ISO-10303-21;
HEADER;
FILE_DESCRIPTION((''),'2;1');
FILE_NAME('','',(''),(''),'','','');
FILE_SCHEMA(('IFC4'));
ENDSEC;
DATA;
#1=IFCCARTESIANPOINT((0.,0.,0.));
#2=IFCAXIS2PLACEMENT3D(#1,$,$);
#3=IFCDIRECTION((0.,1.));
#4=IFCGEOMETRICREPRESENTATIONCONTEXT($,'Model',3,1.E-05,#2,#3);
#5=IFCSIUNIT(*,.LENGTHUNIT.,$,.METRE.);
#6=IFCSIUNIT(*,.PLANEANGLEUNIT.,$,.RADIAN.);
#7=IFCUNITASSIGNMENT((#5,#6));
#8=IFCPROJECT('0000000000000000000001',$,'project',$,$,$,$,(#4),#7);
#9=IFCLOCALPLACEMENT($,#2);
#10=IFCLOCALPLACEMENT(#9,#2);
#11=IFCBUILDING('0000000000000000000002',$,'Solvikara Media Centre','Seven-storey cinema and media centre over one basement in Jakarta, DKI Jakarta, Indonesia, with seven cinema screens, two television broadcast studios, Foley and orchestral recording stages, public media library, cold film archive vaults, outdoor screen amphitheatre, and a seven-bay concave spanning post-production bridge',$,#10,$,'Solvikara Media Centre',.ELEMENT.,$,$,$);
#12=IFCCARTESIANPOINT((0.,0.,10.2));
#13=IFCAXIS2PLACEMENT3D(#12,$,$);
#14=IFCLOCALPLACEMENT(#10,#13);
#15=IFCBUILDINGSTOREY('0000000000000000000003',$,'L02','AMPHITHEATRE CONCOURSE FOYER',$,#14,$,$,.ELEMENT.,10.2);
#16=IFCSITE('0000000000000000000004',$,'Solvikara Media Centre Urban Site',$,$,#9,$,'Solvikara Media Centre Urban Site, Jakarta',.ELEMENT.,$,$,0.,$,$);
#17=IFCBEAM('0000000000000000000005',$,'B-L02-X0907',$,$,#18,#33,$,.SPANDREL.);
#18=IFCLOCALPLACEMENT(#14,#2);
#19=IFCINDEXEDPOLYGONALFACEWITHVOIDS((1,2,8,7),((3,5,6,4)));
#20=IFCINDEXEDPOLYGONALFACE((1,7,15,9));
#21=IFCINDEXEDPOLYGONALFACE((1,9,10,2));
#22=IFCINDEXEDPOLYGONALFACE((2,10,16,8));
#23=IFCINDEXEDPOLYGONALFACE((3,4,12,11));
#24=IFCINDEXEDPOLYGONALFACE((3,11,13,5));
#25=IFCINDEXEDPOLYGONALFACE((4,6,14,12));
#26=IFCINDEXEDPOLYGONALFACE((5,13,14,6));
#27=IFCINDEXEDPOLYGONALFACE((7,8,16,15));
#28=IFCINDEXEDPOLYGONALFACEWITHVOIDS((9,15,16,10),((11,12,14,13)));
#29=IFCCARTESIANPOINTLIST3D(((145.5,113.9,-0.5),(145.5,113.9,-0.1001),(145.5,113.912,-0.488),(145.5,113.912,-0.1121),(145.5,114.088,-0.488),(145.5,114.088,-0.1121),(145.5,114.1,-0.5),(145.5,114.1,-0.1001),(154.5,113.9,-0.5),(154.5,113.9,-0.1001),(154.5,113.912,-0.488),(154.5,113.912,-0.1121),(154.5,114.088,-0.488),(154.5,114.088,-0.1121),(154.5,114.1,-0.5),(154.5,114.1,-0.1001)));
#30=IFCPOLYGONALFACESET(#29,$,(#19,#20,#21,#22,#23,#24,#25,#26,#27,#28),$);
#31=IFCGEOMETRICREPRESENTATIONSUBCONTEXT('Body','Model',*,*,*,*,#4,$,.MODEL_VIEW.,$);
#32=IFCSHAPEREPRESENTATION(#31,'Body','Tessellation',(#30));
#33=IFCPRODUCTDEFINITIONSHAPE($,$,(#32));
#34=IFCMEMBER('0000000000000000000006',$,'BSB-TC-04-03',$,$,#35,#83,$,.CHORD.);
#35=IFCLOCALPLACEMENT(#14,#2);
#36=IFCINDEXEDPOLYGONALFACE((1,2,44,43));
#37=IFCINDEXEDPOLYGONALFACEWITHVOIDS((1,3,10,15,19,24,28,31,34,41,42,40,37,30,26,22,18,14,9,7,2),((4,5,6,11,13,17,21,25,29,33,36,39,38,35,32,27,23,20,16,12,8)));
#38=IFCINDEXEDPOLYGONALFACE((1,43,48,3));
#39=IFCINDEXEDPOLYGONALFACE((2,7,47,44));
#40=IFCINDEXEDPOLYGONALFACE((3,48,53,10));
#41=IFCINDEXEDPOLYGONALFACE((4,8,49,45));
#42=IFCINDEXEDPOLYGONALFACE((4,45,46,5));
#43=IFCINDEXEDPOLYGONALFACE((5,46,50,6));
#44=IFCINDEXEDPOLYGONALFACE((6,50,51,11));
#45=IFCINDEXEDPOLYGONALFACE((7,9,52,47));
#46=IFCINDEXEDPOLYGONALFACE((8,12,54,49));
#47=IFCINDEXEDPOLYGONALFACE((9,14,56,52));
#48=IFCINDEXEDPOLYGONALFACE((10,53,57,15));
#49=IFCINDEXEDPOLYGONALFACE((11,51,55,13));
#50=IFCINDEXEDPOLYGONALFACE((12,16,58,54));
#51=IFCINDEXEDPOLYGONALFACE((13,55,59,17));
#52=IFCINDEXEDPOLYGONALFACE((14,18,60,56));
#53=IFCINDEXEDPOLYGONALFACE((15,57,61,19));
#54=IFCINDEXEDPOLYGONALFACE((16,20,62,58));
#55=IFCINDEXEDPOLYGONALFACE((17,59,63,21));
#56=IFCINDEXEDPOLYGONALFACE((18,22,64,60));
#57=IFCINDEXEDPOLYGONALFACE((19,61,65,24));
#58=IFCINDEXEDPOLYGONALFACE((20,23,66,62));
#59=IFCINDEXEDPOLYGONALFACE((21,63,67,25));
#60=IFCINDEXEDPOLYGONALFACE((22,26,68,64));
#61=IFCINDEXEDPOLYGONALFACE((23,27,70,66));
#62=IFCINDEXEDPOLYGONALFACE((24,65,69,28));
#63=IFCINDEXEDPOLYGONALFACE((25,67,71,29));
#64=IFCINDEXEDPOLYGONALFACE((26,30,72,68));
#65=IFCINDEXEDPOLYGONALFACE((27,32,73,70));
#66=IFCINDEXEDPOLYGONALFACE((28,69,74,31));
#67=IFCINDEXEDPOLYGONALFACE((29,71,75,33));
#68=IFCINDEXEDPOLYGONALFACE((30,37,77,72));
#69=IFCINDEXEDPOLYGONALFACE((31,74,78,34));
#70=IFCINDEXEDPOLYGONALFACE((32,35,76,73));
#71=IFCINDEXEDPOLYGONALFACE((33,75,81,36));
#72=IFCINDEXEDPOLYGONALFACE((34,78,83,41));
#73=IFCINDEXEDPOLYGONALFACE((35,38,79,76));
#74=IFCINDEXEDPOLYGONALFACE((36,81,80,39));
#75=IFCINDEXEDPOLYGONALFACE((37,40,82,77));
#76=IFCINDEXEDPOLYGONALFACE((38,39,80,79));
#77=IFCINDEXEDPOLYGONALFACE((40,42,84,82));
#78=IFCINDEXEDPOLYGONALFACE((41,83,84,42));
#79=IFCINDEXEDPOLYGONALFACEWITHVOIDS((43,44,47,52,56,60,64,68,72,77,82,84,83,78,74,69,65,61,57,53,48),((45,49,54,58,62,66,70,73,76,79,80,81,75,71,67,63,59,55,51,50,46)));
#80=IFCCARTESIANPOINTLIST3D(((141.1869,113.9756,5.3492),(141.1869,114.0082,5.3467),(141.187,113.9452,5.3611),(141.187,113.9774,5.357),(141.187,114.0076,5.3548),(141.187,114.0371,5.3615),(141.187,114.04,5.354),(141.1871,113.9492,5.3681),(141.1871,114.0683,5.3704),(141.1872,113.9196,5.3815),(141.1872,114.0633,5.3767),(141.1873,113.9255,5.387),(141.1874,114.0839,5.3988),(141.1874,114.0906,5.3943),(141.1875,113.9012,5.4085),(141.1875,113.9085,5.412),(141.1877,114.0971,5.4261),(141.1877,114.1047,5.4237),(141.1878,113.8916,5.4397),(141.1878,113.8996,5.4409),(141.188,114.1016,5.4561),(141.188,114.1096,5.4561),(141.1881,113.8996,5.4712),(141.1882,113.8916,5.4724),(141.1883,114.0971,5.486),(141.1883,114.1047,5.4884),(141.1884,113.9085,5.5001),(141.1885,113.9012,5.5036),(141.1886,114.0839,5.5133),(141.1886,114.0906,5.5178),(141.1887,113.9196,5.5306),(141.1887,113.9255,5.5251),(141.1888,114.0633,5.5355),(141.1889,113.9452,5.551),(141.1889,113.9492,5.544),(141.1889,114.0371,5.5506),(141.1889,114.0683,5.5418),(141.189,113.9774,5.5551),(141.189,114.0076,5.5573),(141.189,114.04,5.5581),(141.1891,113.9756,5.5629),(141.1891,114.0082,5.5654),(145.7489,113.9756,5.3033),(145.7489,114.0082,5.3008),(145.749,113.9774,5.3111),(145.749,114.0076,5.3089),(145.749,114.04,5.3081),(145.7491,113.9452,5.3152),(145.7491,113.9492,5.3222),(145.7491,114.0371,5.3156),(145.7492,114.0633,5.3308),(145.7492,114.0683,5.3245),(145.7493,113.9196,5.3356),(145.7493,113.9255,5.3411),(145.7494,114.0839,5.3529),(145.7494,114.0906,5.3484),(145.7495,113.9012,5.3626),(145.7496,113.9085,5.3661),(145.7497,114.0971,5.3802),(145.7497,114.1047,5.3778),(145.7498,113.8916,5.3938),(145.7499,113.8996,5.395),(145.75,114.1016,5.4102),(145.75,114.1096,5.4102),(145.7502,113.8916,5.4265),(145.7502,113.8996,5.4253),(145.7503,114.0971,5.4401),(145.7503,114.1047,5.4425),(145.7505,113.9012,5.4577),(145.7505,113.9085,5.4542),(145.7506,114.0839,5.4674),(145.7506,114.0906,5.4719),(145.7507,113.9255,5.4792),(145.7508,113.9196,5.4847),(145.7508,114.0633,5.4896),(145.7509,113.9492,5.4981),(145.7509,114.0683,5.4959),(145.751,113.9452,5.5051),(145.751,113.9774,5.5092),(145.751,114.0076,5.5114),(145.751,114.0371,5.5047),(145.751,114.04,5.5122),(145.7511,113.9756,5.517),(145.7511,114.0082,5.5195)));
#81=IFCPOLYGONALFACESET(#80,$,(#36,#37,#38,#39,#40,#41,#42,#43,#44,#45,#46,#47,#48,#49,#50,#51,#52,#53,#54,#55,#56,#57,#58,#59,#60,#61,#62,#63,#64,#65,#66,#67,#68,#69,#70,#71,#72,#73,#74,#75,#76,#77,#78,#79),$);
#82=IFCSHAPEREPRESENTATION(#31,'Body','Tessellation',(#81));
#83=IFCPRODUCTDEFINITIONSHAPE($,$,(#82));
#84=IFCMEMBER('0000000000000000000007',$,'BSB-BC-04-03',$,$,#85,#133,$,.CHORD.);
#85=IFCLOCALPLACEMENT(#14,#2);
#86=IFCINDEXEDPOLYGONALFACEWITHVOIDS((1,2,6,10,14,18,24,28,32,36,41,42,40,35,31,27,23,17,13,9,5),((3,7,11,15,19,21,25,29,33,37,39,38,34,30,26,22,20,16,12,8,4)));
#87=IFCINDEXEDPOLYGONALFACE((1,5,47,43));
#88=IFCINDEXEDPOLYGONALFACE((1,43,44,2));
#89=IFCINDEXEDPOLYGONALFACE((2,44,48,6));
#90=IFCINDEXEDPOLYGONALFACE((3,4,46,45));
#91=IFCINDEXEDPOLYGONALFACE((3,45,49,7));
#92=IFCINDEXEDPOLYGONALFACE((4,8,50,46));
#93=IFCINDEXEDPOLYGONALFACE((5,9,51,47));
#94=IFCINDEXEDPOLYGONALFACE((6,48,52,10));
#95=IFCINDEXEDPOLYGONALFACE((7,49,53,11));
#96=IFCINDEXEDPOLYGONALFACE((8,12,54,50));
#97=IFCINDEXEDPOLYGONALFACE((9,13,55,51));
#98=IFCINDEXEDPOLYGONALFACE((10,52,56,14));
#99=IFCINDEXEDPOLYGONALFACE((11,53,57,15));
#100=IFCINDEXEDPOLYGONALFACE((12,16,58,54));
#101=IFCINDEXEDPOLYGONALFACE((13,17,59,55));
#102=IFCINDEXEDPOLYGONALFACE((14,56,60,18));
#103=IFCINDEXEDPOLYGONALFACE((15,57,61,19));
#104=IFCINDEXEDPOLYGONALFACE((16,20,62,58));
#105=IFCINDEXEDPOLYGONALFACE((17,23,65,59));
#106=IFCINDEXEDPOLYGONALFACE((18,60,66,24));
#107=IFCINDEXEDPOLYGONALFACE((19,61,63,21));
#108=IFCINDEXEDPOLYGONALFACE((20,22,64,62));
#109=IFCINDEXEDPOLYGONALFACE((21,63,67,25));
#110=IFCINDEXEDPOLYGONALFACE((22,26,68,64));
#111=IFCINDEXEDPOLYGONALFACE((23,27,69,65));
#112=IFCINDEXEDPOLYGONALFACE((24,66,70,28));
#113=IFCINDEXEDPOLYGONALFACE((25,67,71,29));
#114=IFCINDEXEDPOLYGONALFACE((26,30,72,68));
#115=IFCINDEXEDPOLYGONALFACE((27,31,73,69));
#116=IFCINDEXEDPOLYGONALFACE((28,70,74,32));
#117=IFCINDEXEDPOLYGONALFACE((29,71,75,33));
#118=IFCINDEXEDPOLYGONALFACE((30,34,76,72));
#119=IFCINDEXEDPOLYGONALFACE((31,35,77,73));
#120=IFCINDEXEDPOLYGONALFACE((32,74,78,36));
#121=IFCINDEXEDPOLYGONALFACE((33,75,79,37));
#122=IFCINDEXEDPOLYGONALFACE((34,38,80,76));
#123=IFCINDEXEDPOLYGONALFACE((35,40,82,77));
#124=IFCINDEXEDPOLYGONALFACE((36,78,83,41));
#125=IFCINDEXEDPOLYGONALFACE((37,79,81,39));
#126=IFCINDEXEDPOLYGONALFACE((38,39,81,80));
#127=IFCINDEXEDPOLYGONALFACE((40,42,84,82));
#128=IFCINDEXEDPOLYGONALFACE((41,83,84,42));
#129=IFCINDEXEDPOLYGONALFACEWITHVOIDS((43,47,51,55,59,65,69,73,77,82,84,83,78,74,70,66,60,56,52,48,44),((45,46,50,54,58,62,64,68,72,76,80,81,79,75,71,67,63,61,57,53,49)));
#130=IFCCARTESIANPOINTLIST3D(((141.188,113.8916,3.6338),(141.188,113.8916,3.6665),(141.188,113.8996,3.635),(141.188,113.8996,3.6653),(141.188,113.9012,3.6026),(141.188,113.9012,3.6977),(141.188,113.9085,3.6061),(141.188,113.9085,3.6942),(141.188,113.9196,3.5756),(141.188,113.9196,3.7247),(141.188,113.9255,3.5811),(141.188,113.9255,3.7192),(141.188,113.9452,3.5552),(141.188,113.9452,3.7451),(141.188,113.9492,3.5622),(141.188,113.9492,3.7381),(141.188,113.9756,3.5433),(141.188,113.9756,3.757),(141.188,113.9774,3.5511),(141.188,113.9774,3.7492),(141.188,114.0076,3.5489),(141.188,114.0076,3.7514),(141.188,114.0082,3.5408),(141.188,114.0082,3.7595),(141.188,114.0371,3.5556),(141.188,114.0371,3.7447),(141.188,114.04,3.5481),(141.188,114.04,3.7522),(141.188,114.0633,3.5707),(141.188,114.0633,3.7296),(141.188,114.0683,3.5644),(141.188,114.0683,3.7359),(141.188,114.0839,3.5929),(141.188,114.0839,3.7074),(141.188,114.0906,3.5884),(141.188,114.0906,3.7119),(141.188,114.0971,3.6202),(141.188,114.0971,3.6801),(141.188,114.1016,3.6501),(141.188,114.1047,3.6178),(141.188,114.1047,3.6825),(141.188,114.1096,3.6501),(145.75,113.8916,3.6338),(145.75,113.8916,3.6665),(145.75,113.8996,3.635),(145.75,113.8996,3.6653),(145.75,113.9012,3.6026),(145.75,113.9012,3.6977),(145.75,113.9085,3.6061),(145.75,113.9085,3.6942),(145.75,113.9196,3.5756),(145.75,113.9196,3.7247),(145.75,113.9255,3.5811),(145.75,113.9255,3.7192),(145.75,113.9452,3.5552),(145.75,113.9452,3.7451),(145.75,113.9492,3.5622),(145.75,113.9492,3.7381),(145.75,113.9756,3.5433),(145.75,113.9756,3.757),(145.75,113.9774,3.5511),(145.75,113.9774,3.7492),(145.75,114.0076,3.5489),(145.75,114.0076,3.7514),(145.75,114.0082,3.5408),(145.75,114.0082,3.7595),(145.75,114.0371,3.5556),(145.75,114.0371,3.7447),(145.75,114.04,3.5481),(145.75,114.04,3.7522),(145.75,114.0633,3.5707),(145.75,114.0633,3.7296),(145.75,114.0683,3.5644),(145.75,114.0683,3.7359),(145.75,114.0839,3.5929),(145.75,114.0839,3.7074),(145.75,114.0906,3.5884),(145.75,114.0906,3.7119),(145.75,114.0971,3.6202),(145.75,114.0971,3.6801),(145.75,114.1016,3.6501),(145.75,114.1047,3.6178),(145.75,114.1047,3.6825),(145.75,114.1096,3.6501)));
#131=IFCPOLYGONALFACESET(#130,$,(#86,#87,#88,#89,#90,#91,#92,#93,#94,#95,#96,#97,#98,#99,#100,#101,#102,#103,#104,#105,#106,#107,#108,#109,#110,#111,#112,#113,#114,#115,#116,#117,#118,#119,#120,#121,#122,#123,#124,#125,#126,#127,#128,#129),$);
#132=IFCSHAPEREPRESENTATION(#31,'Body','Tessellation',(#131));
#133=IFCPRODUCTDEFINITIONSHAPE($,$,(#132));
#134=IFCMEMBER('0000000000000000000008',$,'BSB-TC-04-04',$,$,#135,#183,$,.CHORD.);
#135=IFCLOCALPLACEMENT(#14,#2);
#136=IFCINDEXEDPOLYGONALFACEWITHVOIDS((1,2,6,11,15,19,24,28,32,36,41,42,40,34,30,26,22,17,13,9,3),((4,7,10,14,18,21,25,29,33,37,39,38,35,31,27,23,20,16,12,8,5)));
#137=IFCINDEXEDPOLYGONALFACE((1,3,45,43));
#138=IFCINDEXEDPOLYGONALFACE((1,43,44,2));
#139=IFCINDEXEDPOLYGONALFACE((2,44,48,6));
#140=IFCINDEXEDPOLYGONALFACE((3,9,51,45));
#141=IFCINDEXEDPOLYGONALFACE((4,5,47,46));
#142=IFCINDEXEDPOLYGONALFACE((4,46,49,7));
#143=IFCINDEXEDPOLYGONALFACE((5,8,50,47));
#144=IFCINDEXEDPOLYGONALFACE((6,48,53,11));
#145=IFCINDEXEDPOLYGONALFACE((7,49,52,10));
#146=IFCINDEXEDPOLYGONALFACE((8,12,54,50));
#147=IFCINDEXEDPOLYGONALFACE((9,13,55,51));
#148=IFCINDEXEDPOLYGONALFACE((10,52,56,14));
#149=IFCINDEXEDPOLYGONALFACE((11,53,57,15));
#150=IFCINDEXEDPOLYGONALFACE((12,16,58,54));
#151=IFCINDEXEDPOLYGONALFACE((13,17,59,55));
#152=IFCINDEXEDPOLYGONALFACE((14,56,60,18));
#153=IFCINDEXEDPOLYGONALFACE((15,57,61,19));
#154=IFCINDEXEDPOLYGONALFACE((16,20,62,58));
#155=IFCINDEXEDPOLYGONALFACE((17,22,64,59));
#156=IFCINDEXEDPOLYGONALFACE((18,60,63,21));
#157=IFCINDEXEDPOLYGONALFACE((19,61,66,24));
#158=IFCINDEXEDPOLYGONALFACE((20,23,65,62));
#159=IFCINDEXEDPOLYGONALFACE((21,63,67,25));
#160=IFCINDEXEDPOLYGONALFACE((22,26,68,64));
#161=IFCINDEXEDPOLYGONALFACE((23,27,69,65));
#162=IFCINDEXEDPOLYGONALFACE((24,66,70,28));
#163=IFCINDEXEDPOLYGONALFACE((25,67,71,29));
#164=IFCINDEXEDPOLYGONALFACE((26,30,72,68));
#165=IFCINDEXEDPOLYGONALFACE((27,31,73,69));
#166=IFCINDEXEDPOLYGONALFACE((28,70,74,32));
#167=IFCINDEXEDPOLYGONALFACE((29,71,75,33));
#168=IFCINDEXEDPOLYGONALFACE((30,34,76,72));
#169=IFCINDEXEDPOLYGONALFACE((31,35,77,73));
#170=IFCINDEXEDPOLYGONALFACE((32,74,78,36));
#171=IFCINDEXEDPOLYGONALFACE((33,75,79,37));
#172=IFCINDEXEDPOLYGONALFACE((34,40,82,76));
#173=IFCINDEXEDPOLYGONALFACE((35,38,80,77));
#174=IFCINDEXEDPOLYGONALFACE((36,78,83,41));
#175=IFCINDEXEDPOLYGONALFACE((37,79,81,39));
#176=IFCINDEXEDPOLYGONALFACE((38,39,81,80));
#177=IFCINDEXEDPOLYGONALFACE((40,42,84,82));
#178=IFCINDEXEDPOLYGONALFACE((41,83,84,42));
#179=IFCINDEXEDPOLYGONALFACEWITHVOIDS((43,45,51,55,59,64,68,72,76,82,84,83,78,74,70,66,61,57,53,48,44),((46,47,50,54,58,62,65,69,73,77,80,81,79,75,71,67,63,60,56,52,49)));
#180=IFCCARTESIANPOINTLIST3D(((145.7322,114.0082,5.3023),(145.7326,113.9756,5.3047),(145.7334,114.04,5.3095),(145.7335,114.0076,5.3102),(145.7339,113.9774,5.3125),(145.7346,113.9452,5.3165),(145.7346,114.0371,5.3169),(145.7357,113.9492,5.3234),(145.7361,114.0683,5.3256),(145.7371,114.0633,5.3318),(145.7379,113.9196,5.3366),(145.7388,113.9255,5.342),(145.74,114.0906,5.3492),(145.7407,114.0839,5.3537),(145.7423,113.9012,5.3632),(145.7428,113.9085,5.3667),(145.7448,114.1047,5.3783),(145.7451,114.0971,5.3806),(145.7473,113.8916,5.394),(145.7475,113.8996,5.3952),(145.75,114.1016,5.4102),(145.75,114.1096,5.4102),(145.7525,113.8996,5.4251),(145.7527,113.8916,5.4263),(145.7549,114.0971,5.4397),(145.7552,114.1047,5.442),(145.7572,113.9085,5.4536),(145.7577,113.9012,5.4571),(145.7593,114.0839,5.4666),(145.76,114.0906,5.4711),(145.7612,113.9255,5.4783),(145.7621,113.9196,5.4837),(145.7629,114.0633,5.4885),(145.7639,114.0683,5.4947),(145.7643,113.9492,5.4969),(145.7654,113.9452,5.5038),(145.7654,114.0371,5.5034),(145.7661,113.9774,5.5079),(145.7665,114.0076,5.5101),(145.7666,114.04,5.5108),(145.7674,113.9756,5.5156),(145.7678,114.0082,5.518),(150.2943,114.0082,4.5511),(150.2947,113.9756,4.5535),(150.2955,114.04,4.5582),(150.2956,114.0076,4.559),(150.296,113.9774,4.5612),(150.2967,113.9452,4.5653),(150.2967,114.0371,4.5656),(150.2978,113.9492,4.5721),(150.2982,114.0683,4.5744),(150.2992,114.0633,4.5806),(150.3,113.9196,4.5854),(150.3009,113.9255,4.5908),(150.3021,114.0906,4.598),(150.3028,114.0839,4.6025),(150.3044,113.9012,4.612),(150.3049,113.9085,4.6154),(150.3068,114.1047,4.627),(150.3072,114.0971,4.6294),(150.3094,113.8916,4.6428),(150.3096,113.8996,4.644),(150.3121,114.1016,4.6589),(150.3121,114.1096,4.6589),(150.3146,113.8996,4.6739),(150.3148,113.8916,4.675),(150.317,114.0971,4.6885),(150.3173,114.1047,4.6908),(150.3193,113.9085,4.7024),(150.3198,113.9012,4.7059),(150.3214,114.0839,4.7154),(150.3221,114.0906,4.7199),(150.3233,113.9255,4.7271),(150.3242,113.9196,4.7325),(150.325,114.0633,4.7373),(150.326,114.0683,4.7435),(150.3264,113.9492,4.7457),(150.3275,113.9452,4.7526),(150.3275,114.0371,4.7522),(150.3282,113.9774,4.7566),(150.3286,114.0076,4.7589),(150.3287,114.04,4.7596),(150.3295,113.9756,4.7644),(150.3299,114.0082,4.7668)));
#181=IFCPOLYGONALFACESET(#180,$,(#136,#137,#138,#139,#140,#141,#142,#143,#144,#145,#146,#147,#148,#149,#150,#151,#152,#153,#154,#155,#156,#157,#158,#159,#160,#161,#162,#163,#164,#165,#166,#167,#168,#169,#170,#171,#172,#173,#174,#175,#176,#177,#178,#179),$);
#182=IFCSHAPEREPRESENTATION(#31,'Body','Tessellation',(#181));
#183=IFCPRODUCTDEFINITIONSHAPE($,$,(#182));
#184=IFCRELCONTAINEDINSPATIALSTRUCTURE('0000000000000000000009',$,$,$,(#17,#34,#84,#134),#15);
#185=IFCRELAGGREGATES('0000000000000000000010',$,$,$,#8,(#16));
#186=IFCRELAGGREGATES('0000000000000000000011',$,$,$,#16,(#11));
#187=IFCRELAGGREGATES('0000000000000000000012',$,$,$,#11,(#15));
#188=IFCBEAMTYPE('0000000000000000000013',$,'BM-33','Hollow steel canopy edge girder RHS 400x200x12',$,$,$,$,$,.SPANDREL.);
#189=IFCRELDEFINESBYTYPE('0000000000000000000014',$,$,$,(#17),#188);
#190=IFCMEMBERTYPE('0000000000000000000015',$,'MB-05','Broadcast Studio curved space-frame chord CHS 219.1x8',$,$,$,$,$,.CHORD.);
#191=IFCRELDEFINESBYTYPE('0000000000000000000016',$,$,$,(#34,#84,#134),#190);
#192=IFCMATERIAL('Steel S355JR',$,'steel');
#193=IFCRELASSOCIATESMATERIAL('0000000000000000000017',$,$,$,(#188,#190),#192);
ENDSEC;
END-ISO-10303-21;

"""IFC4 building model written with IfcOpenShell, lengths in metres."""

from ifc_helpers import new_model, si_unit, direction, frame, origin, origin_2d, place, context, subcontext, project, spatial, hollow_rectangle, hollow_circle, extrude, material, material_profile, profile_set, type_object, element, save


model = new_model("IFC4")

# Units and contexts
model_context = context("Model", 3, precision=1e-05, world=origin(), true_north=direction((0.0, 1.0)))
body_context = subcontext(model_context, "Body", "Model", "MODEL_VIEW")
ifc_project = project(units=[si_unit("LENGTHUNIT", "METRE"), si_unit("PLANEANGLEUNIT", "RADIAN")], contexts=[model_context])

# Site, building, storey
site_placement = place(None, origin())
site = spatial("IfcSite", under=ifc_project, at=site_placement, Name="Solvikara Media Centre Urban Site", LongName="Solvikara Media Centre Urban Site, Jakarta", CompositionType="ELEMENT", RefElevation=0.0)
building_placement = place(site_placement, origin())
building = spatial("IfcBuilding", under=site, at=building_placement, Name="Solvikara Media Centre", Description="Seven-storey cinema and media centre over one basement in Jakarta, DKI Jakarta, Indonesia, with seven cinema screens, two television broadcast studios, Foley and orchestral recording stages, public media library, cold film archive vaults, outdoor screen amphitheatre, and a seven-bay concave spanning post-production bridge", LongName="Solvikara Media Centre", CompositionType="ELEMENT")
storey_placement = place(building_placement, frame((0.0, 0.0, 10.2)))
storey = spatial("IfcBuildingStorey", under=building, at=storey_placement, Name="L02", Description="AMPHITHEATRE CONCOURSE FOYER", CompositionType="ELEMENT", Elevation=10.2)

# Beam
ifc_material_1 = material(Name="Steel S355JR", Category="steel")
ifc_material_profile_1 = material_profile(ifc_material_1, hollow_rectangle(XDim=0.2, YDim=0.3999, WallThickness=0.012, at=origin_2d()), Name="RHS 400x200x12")
ifc_profile_set_1 = profile_set([ifc_material_profile_1], Name="Steel S355JR")
beam_type = type_object("IfcBeamType", Name="BM-33", Description="Hollow steel canopy edge girder RHS 400x200x12", PredefinedType="SPANDREL", material=ifc_profile_set_1)
beam_placement = place(storey_placement, frame((145.5, 114.0, -0.3), z_axis=(1.0, 0.0, 0.0), x_axis=(0.0, 1.0, 0.0)))
element("IfcBeam", 1, at=beam_placement, inside=storey, type_object=beam_type, Name="B-L02-X0907", PredefinedType="SPANDREL", context=body_context, shape_type="SweptSolid", body=[
    extrude(hollow_rectangle(XDim=0.2, YDim=0.3999, WallThickness=0.012, at=origin_2d()), origin(), (0.0, 0.0, 1.0), 9.0),
])

# Members
ifc_material_profile_2 = material_profile(ifc_material_1, hollow_circle(Radius=0.1096, WallThickness=0.0081, at=origin_2d()), Name="CHS 219.1x8")
ifc_profile_set_2 = profile_set([ifc_material_profile_2], Name="Steel S355JR")
member_type_1 = type_object("IfcMemberType", Name="MB-05", Description="Broadcast Studio curved space-frame chord CHS 219.1x8", PredefinedType="CHORD", material=ifc_profile_set_2)
member_1_placement = place(storey_placement, frame((141.188, 114.0, 5.4561), z_axis=(0.999949, 0.0, -0.01006), x_axis=(0.0, 1.0, 0.0)))
element("IfcMember", 2, at=member_1_placement, inside=storey, type_object=member_type_1, Name="BSB-TC-04-03", PredefinedType="CHORD", context=body_context, shape_type="SweptSolid", body=[
    extrude(hollow_circle(Radius=0.1096, WallThickness=0.0081, at=origin_2d()), origin(), (0.0, 0.0, 1.0), 4.5623),
])
member_2_placement = place(storey_placement, frame((141.188, 114.0, 3.6501), z_axis=(1.0, 0.0, 0.0), x_axis=(0.0, 1.0, 0.0)))
element("IfcMember", 3, at=member_2_placement, inside=storey, type_object=member_type_1, Name="BSB-BC-04-03", PredefinedType="CHORD", context=body_context, shape_type="SweptSolid", body=[
    extrude(hollow_circle(Radius=0.1096, WallThickness=0.0081, at=origin_2d()), origin(), (0.0, 0.0, 1.0), 4.562),
])
member_3_placement = place(storey_placement, frame((145.75, 114.0, 5.4102), z_axis=(0.986712, 0.0, -0.162481), x_axis=(0.0, 1.0, 0.0)))
element("IfcMember", 4, at=member_3_placement, inside=storey, type_object=member_type_1, Name="BSB-TC-04-04", PredefinedType="CHORD", context=body_context, shape_type="SweptSolid", body=[
    extrude(hollow_circle(Radius=0.1096, WallThickness=0.0081, at=origin_2d()), origin(), (0.0, 0.0, 1.0), 4.6235),
])

save(model, "model.ifc")
